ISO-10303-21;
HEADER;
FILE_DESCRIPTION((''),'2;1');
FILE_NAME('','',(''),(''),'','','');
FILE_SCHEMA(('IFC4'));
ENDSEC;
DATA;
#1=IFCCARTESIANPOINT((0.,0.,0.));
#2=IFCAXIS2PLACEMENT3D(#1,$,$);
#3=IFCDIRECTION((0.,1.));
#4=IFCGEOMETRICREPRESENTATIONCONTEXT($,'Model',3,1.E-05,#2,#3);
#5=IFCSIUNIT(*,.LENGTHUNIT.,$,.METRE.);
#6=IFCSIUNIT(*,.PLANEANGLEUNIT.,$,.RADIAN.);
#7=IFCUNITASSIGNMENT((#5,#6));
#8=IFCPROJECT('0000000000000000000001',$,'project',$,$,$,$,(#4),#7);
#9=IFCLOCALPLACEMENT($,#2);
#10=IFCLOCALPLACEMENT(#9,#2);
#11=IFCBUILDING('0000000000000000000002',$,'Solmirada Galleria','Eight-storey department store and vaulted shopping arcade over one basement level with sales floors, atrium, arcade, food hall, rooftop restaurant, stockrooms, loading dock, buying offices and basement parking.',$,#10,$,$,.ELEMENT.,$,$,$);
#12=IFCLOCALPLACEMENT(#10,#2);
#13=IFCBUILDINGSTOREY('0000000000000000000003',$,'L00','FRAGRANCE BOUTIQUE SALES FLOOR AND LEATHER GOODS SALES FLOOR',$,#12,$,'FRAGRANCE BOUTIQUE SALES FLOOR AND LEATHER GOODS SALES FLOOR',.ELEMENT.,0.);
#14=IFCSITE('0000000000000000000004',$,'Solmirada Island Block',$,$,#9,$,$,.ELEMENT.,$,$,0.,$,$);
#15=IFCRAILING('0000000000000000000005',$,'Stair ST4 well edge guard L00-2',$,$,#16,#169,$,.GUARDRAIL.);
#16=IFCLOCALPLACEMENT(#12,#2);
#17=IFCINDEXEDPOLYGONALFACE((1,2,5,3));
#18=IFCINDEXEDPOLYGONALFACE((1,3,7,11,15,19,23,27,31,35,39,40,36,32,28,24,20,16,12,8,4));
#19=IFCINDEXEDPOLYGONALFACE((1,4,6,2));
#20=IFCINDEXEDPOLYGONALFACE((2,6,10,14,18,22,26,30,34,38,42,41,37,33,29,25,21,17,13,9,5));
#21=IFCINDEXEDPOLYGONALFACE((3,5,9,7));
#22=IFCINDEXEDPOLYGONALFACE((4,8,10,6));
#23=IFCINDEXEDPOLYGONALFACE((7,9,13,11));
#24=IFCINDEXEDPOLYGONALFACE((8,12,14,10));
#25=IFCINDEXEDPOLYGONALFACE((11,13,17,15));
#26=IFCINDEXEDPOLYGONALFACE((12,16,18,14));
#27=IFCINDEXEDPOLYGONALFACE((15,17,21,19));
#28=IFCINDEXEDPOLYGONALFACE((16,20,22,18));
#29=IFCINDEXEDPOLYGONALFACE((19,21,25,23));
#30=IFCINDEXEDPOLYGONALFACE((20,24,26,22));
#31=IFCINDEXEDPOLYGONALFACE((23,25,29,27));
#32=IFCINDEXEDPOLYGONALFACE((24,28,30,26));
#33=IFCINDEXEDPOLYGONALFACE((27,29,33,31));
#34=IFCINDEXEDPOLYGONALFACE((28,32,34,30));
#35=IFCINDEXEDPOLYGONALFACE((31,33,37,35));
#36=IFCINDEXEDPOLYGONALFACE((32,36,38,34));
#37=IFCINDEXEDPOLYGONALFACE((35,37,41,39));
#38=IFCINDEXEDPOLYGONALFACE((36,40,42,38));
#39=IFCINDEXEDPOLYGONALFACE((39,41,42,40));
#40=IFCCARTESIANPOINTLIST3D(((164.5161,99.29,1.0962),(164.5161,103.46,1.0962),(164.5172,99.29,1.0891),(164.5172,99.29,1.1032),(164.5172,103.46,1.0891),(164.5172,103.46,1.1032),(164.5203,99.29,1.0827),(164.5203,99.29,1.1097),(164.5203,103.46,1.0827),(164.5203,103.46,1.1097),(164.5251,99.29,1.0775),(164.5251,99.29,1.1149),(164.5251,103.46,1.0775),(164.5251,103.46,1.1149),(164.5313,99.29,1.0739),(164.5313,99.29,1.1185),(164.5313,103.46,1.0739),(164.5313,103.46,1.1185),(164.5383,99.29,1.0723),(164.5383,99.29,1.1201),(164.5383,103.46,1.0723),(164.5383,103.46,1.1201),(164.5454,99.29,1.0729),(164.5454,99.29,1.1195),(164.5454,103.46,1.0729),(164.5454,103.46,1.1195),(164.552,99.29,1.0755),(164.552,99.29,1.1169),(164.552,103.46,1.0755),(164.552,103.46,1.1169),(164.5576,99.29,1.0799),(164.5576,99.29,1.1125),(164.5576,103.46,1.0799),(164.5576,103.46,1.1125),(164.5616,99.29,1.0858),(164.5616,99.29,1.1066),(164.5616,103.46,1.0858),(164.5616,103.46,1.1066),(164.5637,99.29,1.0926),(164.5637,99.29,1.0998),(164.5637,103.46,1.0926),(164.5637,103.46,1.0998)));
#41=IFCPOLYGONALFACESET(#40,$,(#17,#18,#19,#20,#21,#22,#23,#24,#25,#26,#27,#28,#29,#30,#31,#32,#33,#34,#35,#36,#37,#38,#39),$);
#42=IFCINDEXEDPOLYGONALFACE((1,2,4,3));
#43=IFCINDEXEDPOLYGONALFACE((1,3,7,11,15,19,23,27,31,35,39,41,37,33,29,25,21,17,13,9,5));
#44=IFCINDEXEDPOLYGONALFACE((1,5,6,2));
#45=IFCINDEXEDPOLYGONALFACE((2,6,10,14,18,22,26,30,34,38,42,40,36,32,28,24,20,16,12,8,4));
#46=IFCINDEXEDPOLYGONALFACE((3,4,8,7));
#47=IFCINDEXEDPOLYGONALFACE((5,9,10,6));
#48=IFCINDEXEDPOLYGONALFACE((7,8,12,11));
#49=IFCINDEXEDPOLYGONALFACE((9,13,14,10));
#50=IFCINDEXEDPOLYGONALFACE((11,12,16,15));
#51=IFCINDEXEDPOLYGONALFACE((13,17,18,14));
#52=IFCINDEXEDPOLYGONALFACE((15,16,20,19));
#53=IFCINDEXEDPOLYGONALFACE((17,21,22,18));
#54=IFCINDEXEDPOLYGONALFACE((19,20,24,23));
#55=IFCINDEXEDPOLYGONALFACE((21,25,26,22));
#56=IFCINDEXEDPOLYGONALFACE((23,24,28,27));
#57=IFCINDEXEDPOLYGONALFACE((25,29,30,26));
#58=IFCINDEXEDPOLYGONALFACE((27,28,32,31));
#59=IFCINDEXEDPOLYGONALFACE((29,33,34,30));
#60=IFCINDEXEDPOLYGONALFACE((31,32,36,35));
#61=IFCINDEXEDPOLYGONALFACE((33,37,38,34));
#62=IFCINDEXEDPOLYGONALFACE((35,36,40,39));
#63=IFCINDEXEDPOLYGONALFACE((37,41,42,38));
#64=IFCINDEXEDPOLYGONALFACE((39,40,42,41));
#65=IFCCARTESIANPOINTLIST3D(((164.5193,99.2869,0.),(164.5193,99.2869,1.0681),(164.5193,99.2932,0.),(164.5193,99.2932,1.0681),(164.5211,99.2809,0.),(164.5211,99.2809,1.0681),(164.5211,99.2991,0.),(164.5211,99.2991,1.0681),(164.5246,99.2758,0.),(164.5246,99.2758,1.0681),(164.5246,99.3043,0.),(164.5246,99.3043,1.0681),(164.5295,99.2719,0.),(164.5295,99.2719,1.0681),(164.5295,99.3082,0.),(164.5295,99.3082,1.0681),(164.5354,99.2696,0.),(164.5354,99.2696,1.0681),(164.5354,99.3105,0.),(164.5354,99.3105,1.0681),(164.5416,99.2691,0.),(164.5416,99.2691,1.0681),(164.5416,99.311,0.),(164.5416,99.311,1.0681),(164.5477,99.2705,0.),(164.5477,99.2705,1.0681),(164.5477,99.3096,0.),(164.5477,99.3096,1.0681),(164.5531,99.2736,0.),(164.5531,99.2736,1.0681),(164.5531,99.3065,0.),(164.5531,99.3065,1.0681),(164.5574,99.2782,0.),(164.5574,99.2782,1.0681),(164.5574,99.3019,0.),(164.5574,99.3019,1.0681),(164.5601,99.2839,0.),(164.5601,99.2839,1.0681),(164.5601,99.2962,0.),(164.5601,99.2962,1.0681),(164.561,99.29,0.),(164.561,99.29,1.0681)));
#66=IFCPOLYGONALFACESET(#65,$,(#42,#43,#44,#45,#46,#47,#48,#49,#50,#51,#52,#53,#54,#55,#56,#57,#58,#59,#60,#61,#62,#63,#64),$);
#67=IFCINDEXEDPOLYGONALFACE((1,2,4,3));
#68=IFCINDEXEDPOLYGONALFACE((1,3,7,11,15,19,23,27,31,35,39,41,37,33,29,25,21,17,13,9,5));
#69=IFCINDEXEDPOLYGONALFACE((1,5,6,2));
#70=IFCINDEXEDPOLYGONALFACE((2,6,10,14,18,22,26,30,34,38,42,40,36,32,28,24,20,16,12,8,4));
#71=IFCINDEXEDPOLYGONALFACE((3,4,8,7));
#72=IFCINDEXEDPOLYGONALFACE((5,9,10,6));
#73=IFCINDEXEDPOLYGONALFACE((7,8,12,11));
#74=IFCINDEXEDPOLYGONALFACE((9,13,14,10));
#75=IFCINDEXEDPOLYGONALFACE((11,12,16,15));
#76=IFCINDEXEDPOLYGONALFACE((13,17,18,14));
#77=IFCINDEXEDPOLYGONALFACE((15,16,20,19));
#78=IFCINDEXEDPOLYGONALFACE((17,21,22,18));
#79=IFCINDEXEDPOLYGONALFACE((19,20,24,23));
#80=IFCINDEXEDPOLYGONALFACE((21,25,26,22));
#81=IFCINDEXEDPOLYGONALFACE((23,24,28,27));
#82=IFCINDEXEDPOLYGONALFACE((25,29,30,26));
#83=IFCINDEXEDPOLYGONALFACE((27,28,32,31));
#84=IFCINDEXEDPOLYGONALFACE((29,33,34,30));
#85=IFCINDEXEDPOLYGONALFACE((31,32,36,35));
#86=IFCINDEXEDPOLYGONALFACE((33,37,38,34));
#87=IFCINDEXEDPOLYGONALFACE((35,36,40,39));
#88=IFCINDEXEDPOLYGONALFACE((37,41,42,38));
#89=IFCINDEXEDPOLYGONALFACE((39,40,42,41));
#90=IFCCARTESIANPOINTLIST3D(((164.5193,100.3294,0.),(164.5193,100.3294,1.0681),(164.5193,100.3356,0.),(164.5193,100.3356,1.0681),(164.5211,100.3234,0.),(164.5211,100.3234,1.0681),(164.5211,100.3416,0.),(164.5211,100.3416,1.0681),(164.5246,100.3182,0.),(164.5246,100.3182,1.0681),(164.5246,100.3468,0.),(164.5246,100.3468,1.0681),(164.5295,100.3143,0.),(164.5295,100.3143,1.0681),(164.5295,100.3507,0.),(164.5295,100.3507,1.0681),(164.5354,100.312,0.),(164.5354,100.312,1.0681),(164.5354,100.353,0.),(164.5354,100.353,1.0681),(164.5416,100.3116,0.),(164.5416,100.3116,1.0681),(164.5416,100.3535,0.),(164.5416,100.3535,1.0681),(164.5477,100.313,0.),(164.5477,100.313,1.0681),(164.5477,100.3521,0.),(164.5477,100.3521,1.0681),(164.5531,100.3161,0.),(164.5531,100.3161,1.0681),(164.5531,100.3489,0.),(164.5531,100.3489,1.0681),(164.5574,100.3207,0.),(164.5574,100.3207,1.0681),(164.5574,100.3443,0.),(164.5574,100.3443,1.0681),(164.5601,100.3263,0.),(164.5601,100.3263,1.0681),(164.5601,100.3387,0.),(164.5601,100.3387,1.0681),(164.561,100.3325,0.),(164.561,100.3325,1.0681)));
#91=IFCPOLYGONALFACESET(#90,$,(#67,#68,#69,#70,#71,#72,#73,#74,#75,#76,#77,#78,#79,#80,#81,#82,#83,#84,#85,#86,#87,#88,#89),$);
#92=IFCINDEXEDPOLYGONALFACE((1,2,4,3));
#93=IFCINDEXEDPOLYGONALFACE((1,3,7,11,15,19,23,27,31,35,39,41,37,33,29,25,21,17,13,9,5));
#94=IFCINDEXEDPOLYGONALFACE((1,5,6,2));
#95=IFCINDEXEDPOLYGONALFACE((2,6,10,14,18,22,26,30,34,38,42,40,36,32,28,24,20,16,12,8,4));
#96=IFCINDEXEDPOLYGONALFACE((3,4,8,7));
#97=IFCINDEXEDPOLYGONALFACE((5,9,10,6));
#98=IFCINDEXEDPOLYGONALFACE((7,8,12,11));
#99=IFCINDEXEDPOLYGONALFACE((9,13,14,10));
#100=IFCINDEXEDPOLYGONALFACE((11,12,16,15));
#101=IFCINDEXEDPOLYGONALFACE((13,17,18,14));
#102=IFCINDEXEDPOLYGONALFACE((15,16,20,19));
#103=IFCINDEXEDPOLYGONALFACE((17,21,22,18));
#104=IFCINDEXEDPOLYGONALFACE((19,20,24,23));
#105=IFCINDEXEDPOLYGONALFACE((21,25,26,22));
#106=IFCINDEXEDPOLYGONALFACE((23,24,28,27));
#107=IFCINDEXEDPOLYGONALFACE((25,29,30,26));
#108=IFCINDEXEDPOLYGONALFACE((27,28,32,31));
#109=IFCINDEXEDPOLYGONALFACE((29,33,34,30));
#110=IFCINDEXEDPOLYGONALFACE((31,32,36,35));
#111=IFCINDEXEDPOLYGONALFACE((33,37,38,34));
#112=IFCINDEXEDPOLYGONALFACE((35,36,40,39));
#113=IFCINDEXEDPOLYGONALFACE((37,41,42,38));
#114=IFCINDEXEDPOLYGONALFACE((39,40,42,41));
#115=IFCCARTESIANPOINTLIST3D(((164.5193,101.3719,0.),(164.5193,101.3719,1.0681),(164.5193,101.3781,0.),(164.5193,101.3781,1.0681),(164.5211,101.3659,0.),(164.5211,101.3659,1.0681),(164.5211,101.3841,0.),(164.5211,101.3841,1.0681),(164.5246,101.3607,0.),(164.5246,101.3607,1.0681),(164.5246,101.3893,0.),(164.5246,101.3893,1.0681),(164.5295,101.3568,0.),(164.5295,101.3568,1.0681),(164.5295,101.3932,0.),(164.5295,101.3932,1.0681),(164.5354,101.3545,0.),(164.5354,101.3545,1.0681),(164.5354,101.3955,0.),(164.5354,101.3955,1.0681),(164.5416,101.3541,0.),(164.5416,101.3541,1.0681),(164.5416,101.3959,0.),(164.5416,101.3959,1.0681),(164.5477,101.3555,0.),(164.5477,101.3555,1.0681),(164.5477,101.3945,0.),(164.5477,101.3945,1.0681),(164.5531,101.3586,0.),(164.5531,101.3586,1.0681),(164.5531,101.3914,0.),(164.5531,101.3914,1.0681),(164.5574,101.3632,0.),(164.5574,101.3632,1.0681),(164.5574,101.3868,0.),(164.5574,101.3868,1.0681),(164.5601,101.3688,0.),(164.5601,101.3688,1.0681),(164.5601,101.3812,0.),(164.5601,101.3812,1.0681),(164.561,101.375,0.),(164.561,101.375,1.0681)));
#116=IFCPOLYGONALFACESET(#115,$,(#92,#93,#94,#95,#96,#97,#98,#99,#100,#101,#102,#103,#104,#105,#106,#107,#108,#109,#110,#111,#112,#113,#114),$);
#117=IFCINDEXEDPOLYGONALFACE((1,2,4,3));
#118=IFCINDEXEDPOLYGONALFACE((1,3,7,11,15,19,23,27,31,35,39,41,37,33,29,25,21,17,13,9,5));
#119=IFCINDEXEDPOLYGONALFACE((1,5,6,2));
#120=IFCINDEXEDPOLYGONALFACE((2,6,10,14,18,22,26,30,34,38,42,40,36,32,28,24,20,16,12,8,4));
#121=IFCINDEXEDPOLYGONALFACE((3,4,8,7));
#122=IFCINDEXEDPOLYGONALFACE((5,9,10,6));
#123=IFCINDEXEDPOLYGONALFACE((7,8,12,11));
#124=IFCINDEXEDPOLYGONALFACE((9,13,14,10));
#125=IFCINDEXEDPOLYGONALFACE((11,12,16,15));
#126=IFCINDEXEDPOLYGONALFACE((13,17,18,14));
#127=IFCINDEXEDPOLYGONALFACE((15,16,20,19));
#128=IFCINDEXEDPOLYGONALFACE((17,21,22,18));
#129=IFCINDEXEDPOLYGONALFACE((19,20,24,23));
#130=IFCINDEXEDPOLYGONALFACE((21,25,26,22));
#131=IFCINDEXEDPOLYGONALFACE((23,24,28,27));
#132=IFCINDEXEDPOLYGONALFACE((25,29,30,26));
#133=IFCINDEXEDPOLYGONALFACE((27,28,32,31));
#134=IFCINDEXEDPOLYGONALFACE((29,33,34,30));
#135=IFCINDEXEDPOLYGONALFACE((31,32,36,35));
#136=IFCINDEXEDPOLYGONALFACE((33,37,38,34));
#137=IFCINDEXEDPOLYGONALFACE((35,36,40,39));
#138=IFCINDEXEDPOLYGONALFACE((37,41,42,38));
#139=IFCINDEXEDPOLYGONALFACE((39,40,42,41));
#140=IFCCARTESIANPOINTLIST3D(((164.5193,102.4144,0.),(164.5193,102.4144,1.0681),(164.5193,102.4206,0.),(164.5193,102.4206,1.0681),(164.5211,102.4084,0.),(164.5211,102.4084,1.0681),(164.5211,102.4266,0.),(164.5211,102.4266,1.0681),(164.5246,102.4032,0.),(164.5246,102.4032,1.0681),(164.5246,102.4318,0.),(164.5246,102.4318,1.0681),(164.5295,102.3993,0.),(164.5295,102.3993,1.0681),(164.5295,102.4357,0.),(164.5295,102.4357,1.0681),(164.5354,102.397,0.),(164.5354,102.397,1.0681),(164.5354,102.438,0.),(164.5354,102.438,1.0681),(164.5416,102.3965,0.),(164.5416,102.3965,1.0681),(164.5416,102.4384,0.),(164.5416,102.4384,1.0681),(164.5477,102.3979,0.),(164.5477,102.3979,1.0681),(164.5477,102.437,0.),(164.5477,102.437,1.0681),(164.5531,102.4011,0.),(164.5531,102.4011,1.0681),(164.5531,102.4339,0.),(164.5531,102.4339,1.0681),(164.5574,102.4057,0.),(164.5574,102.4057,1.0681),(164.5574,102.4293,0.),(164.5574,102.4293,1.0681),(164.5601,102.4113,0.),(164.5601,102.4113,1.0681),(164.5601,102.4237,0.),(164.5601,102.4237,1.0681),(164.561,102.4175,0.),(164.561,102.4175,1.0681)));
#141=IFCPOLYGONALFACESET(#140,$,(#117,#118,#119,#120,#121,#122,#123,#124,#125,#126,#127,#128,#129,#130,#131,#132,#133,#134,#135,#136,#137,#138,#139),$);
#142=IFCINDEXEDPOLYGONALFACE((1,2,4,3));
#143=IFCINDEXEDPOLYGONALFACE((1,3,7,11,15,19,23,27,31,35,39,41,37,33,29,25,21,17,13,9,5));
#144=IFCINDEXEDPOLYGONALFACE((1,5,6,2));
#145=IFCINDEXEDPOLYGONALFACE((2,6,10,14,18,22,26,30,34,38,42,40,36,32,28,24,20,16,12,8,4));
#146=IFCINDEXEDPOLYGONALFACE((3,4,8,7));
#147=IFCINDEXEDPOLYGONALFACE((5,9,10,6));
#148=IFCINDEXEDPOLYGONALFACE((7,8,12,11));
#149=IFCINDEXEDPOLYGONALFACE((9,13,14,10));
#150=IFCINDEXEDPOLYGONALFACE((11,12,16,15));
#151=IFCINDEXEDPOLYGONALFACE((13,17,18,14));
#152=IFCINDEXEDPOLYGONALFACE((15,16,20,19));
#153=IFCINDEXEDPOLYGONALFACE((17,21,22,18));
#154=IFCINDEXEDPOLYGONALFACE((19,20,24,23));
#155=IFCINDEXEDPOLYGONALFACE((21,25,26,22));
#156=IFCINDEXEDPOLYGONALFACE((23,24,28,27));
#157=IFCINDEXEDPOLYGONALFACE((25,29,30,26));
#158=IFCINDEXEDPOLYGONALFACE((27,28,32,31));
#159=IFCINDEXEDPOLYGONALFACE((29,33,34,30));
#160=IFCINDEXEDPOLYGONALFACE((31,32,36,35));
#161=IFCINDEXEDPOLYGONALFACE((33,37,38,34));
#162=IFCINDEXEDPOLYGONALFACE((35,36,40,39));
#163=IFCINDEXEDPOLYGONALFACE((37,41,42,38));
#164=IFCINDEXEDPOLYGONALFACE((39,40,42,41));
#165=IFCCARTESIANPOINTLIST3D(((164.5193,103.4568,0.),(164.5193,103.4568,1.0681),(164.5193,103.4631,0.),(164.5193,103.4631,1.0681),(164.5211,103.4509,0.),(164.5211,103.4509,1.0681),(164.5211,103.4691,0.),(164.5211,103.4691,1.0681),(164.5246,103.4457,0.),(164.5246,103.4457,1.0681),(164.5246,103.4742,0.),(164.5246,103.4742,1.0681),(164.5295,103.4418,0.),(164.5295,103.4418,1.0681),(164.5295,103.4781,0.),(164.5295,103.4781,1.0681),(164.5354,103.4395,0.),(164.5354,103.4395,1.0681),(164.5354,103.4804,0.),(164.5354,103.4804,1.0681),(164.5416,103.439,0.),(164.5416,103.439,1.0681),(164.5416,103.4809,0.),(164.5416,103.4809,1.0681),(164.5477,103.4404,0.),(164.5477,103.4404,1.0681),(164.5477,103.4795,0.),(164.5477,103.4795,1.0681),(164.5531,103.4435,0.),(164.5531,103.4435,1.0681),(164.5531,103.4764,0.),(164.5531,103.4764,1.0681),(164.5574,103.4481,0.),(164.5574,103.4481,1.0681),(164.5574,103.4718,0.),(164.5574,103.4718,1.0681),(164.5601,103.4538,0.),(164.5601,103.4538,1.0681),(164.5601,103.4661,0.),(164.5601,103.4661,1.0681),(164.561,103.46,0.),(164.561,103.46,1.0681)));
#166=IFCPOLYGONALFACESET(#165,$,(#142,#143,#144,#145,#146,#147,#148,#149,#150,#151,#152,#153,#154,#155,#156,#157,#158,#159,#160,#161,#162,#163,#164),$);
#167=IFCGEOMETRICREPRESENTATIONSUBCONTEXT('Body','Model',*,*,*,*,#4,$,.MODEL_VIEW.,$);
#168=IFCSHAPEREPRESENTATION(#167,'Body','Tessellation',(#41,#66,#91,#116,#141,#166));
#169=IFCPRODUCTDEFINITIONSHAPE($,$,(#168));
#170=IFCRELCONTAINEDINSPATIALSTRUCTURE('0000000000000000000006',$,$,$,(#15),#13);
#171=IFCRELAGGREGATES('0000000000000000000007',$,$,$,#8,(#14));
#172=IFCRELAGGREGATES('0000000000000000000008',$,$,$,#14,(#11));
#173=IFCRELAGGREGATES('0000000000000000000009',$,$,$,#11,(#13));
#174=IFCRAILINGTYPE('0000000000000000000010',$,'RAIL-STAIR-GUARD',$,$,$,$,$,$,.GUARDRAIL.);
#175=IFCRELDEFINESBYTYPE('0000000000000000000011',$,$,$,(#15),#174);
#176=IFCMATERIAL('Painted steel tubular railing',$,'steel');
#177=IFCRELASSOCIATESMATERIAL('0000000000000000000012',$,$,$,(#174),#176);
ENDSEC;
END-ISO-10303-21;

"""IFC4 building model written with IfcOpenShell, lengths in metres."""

from ifc_helpers import new_model, si_unit, direction, frame, origin, origin_2d, place, context, subcontext, project, spatial, circle, extrude, material, type_object, element, save


model = new_model("IFC4")

# Units and contexts
model_context = context("Model", 3, precision=1e-05, world=origin(), true_north=direction((0.0, 1.0)))
body_context = subcontext(model_context, "Body", "Model", "MODEL_VIEW")
ifc_project = project(units=[si_unit("LENGTHUNIT", "METRE"), si_unit("PLANEANGLEUNIT", "RADIAN")], contexts=[model_context])

# Site, building, storey
site_placement = place(None, origin())
site = spatial("IfcSite", under=ifc_project, at=site_placement, Name="Solmirada Island Block", CompositionType="ELEMENT", RefElevation=0.0)
building_placement = place(site_placement, origin())
building = spatial("IfcBuilding", under=site, at=building_placement, Name="Solmirada Galleria", Description="Eight-storey department store and vaulted shopping arcade over one basement level with sales floors, atrium, arcade, food hall, rooftop restaurant, stockrooms, loading dock, buying offices and basement parking.", CompositionType="ELEMENT")
storey_placement = place(building_placement, origin())
storey = spatial("IfcBuildingStorey", under=building, at=storey_placement, Name="L00", Description="FRAGRANCE BOUTIQUE SALES FLOOR AND LEATHER GOODS SALES FLOOR", LongName="FRAGRANCE BOUTIQUE SALES FLOOR AND LEATHER GOODS SALES FLOOR", CompositionType="ELEMENT", Elevation=0.0)

# Railing
ifc_material_1 = material(Name="Painted steel tubular railing", Category="steel")
railing_type_1 = type_object("IfcRailingType", Name="RAIL-STAIR-GUARD", PredefinedType="GUARDRAIL", material=ifc_material_1)
railing_1_placement = place(storey_placement, frame((164.54, 99.29, 0.0)))
element("IfcRailing", 1, at=railing_1_placement, inside=storey, type_object=railing_type_1, Name="Stair ST4 well edge guard L00-2", PredefinedType="GUARDRAIL", context=body_context, shape_type="SweptSolid", body=[
    extrude(circle(Radius=0.0239, at=origin_2d()), frame((0.0, 0.0, 1.0962), z_axis=(0.0, 1.0, 0.0), x_axis=(-1.0, 0.0, 0.0)), (0.0, 0.0, 1.0), 4.1699),
    extrude(circle(Radius=0.021, at=origin_2d()), origin(), (0.0, 0.0, 1.0), 1.0681),
    extrude(circle(Radius=0.021, at=origin_2d()), frame((0.0, 1.0425, 0.0)), (0.0, 0.0, 1.0), 1.0681),
    extrude(circle(Radius=0.021, at=origin_2d()), frame((0.0, 2.085, 0.0)), (0.0, 0.0, 1.0), 1.0681),
    extrude(circle(Radius=0.021, at=origin_2d()), frame((0.0, 3.1274, 0.0)), (0.0, 0.0, 1.0), 1.0681),
    extrude(circle(Radius=0.021, at=origin_2d()), frame((0.0, 4.1699, 0.0)), (0.0, 0.0, 1.0), 1.0681),
])

save(model, "model.ifc")
